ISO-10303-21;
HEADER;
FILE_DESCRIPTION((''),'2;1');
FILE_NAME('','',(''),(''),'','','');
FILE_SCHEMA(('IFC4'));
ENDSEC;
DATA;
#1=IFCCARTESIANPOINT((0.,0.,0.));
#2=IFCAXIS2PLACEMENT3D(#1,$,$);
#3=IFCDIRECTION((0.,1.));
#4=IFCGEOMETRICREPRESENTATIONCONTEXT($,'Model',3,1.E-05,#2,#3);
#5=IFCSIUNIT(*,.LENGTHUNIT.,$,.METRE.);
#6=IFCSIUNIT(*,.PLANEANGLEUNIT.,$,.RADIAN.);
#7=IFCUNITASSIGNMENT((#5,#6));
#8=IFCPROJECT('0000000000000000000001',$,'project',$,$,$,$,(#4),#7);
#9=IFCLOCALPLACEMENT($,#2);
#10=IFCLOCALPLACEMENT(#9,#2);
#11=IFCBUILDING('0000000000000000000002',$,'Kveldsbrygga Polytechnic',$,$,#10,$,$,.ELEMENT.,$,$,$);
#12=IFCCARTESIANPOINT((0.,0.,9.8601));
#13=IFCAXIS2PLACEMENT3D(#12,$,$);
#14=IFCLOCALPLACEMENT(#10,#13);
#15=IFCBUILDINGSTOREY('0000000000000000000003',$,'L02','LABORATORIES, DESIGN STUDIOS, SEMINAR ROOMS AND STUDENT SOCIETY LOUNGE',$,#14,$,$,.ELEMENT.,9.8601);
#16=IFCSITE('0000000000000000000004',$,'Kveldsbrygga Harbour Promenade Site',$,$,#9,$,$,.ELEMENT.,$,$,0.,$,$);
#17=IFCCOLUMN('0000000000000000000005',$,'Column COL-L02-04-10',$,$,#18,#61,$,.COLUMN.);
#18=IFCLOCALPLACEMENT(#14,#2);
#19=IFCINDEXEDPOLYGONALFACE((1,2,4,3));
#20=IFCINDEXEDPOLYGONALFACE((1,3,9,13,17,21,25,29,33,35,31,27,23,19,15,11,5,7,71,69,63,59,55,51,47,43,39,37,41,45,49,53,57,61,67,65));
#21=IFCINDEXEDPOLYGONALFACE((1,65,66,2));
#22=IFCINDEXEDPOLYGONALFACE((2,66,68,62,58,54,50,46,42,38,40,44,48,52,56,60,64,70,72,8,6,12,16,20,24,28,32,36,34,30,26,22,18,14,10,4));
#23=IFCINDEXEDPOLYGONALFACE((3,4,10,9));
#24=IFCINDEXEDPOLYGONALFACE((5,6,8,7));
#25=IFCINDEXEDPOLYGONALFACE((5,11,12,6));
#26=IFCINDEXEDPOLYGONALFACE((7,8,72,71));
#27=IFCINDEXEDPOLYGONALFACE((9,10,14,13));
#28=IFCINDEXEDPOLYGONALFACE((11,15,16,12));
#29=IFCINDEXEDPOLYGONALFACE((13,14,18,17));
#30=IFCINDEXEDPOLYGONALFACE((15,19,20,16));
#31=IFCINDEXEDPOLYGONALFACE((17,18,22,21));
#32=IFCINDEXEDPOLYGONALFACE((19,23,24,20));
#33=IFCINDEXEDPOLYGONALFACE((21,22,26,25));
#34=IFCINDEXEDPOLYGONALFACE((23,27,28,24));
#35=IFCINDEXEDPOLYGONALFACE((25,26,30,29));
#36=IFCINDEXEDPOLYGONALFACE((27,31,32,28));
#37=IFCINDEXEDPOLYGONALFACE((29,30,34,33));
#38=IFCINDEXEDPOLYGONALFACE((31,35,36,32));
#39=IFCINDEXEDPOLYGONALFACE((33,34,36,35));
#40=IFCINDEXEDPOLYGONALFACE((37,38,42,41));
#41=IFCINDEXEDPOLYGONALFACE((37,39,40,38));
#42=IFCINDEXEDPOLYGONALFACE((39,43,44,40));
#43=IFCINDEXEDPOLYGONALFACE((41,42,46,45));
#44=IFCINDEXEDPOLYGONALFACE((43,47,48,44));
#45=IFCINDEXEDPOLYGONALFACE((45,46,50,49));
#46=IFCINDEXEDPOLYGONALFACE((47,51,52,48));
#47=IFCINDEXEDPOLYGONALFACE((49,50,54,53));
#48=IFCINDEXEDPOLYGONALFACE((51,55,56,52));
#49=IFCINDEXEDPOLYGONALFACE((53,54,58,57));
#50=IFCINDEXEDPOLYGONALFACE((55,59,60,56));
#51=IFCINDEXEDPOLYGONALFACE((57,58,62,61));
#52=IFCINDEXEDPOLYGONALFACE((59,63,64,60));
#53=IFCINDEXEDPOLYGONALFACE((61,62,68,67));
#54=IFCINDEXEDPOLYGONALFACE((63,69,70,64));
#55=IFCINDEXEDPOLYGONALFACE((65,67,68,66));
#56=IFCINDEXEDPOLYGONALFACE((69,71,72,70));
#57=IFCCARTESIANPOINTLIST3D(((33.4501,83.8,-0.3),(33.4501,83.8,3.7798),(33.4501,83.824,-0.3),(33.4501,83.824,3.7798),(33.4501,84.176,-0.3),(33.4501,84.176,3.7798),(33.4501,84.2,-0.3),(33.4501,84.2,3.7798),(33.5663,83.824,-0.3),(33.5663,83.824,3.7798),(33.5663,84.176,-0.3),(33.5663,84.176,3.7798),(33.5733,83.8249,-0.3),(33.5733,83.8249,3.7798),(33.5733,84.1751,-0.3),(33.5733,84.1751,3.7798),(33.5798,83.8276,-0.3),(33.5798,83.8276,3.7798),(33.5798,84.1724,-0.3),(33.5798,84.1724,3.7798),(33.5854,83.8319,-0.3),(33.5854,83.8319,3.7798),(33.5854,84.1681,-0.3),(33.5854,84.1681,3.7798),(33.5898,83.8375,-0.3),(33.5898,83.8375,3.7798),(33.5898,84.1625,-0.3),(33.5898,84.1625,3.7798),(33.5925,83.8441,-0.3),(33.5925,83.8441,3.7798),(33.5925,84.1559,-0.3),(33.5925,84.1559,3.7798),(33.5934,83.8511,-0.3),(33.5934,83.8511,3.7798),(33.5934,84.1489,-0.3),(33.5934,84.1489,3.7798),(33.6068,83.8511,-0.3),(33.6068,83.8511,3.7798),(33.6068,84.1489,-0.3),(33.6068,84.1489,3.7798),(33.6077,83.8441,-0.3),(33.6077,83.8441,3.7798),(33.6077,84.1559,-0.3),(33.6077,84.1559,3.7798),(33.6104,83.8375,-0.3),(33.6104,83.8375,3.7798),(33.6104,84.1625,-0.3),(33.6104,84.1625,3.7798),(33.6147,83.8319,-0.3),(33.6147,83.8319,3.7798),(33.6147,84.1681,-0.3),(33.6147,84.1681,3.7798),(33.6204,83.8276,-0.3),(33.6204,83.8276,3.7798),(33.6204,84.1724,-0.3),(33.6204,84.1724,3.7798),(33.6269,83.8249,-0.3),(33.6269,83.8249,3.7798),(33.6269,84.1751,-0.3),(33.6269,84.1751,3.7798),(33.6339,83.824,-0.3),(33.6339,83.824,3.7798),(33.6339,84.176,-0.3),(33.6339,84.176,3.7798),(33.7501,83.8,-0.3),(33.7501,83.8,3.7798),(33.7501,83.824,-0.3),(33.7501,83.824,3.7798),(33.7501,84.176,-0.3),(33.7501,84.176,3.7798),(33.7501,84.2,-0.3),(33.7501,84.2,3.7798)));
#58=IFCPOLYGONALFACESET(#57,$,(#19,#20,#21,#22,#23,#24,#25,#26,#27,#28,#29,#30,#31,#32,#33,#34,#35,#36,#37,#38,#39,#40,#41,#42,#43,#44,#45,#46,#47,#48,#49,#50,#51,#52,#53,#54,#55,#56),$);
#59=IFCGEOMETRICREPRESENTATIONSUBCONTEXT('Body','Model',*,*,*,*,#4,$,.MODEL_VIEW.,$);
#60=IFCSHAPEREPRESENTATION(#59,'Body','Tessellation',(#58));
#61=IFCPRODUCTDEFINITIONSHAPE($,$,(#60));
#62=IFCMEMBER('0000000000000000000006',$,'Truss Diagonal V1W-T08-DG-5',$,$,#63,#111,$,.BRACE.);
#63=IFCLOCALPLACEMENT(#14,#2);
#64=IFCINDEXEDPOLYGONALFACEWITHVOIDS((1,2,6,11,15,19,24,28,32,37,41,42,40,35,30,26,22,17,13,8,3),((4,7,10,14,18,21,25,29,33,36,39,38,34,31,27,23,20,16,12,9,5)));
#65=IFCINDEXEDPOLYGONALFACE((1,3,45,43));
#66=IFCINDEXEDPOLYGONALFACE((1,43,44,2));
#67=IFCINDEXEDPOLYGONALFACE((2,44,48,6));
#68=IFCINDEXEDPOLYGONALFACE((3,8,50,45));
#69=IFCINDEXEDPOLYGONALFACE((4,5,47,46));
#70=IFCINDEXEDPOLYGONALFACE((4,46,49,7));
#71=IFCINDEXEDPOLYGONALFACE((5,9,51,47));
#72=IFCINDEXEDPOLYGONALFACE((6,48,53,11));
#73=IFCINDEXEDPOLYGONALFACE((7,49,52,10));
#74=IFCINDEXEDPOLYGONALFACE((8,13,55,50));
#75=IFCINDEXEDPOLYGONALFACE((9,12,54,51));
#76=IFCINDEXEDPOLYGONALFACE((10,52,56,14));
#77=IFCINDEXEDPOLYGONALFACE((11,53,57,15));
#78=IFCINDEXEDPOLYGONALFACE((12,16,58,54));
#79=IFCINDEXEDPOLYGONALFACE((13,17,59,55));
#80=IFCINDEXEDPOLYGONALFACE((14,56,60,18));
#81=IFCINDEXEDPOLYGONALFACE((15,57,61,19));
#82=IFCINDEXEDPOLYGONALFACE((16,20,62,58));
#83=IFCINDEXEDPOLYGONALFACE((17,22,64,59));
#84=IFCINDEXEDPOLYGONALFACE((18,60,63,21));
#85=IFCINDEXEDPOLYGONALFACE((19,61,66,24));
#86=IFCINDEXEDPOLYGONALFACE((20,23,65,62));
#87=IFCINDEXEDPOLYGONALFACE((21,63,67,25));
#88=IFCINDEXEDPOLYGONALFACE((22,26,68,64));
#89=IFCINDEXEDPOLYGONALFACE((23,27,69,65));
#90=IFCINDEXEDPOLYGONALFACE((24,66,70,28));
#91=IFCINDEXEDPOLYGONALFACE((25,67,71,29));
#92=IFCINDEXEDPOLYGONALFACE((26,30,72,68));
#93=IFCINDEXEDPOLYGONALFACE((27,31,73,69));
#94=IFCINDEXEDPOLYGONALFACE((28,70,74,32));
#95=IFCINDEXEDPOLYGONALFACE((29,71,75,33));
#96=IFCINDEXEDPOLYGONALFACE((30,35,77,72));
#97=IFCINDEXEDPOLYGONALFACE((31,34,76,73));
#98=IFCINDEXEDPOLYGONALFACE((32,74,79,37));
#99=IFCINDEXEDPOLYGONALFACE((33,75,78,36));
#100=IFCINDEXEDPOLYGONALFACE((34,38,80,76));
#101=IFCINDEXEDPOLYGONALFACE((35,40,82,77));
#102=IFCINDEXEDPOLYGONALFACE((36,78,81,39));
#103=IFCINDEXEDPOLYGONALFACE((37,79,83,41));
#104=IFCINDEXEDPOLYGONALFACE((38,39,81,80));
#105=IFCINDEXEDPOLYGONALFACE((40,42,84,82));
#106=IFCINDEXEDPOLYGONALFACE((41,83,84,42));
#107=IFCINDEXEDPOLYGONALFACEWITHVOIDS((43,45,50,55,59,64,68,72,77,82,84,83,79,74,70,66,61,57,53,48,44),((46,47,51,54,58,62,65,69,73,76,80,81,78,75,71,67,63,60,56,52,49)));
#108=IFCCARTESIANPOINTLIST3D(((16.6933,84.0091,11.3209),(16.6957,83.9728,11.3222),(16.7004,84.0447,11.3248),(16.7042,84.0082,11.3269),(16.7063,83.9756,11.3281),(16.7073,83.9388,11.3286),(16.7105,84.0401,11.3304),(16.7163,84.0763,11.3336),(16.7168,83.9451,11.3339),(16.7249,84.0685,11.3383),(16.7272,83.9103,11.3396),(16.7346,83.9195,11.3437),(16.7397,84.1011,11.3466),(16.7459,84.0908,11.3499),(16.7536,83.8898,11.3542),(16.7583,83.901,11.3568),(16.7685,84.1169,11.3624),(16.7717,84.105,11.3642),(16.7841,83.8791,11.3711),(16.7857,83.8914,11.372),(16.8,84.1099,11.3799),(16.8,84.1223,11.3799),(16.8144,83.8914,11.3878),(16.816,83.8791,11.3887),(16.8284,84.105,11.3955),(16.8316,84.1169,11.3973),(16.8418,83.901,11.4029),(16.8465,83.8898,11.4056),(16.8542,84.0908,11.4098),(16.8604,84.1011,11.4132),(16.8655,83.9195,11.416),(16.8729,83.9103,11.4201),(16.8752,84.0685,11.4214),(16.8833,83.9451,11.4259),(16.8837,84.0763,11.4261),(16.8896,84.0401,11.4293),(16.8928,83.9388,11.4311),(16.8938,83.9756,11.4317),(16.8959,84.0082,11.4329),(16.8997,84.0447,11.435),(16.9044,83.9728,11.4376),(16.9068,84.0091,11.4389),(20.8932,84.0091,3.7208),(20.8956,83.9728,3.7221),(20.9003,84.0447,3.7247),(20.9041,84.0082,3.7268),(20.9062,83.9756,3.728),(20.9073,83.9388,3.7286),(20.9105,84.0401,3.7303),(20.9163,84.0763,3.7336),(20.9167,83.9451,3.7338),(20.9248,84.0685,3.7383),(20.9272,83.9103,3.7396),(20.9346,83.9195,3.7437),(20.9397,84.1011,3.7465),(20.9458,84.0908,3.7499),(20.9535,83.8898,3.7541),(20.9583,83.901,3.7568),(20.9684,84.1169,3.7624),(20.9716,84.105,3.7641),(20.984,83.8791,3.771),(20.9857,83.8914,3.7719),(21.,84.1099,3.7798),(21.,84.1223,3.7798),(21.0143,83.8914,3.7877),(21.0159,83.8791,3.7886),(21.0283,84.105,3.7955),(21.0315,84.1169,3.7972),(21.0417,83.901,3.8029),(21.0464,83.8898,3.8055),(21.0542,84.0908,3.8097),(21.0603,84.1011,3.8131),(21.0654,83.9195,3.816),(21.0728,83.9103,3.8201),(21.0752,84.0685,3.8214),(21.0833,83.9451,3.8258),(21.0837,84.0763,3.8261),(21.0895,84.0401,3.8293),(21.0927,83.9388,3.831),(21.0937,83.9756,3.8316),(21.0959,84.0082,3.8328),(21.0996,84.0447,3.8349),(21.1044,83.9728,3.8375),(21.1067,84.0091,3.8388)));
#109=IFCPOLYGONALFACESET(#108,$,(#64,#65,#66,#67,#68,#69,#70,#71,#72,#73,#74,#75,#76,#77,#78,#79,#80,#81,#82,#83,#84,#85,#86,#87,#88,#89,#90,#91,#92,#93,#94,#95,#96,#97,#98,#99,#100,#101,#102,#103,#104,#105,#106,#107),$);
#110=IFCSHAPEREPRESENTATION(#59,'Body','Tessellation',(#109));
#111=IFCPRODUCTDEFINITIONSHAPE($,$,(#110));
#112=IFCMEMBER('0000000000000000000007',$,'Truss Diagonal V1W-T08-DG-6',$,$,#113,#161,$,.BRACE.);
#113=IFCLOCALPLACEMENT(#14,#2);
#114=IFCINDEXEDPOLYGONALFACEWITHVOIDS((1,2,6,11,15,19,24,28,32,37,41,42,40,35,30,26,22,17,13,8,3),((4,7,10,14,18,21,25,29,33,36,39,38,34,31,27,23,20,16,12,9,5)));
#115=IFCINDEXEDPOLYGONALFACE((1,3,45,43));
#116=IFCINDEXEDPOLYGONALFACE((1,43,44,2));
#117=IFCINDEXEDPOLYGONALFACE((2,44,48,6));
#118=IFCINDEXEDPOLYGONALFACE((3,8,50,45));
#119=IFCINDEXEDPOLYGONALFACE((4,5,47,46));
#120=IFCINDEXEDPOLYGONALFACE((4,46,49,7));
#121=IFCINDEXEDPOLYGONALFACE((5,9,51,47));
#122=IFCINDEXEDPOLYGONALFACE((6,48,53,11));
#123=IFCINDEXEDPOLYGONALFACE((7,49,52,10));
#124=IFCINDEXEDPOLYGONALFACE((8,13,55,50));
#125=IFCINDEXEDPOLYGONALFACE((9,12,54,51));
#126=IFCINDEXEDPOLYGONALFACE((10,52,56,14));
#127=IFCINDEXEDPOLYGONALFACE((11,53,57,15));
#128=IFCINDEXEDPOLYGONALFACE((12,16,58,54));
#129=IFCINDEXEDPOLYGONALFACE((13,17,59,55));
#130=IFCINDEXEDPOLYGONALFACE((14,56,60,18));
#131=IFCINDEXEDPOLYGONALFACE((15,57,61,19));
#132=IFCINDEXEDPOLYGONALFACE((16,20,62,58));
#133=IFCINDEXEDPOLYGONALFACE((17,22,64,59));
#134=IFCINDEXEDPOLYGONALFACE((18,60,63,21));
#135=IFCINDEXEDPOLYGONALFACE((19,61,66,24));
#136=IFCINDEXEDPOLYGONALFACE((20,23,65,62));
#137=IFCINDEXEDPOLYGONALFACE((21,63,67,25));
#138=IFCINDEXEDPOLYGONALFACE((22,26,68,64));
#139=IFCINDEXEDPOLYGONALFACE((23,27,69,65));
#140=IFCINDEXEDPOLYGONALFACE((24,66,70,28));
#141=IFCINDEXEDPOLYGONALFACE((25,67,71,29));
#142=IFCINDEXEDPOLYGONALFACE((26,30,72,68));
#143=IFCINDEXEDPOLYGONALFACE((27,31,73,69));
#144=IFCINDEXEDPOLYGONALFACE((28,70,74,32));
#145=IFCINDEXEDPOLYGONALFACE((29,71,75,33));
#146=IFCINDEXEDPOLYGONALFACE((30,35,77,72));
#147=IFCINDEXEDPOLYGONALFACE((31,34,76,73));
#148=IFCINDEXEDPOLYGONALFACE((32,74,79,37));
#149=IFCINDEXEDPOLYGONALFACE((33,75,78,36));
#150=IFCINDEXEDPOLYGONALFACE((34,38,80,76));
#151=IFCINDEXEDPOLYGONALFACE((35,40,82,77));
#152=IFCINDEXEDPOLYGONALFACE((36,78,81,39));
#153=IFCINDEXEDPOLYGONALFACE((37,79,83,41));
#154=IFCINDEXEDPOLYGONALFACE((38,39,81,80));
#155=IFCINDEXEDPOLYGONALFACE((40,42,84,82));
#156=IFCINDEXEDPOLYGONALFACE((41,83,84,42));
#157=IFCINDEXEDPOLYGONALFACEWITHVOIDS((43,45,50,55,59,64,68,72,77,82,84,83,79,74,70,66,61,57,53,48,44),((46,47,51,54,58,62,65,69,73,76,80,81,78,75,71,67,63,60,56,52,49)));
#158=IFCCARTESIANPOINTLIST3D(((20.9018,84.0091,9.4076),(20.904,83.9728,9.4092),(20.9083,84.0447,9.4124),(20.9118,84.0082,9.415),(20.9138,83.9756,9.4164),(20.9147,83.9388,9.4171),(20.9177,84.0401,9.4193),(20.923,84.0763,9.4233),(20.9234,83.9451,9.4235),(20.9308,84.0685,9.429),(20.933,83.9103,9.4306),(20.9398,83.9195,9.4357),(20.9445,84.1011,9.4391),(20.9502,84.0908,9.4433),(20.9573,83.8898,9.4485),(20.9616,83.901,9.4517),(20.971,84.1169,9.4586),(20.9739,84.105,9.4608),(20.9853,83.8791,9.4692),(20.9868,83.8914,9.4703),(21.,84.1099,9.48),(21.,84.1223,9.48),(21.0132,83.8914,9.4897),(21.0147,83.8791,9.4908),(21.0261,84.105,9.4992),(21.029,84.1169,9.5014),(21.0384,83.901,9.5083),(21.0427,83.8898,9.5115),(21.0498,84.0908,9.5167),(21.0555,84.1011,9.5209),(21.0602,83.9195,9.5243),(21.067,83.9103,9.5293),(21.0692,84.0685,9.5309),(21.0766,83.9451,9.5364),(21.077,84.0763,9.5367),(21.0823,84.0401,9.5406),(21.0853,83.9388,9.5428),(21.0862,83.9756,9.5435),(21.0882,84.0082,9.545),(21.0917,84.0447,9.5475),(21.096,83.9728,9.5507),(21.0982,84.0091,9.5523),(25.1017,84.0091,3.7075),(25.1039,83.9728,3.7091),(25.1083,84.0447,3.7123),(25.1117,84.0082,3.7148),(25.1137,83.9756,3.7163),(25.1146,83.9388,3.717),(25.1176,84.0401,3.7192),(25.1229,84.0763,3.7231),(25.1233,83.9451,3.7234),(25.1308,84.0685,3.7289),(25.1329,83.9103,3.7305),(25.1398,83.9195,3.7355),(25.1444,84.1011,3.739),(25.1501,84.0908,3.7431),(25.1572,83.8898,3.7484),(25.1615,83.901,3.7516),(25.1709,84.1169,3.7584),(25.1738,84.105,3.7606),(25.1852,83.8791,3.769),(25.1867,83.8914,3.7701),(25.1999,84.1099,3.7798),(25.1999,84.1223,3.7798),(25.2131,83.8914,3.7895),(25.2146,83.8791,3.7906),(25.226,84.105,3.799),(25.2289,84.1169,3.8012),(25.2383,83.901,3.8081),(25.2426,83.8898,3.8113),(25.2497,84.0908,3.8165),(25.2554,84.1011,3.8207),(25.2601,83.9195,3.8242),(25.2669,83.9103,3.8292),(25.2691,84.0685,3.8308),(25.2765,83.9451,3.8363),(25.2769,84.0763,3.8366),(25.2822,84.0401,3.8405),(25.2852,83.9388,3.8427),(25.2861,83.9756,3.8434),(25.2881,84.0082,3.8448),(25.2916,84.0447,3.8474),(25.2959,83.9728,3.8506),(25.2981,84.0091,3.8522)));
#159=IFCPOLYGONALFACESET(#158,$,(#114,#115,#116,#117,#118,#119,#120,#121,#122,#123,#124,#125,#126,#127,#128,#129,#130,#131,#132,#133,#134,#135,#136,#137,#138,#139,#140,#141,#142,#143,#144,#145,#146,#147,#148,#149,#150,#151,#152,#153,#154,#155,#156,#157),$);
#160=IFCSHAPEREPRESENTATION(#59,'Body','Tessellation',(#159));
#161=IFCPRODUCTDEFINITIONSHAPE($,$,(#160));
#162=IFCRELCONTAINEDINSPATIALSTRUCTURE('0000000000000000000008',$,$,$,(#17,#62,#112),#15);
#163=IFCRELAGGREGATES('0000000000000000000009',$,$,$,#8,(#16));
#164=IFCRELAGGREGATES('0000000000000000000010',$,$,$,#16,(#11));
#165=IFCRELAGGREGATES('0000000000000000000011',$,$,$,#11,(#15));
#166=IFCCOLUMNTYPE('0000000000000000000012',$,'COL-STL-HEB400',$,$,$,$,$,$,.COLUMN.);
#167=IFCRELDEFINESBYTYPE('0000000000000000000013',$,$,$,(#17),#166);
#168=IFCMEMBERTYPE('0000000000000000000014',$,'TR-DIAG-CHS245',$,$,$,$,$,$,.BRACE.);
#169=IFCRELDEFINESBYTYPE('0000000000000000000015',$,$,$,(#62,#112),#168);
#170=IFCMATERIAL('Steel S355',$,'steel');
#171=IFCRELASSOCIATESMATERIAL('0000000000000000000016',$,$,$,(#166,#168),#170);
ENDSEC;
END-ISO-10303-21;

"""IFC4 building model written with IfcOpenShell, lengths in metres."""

from ifc_helpers import new_model, si_unit, direction, frame, origin, origin_2d, place, context, subcontext, project, spatial, hollow_circle, i_section, extrude, material, material_profile, profile_set, type_object, element, save


model = new_model("IFC4")

# Units and contexts
model_context = context("Model", 3, precision=1e-05, world=origin(), true_north=direction((0.0, 1.0)))
body_context = subcontext(model_context, "Body", "Model", "MODEL_VIEW")
ifc_project = project(units=[si_unit("LENGTHUNIT", "METRE"), si_unit("PLANEANGLEUNIT", "RADIAN")], contexts=[model_context])

# Site, building, storey
site_placement = place(None, origin())
site = spatial("IfcSite", under=ifc_project, at=site_placement, Name="Kveldsbrygga Harbour Promenade Site", CompositionType="ELEMENT", RefElevation=0.0)
building_placement = place(site_placement, origin())
building = spatial("IfcBuilding", under=site, at=building_placement, Name="Kveldsbrygga Polytechnic", CompositionType="ELEMENT")
storey_placement = place(building_placement, frame((0.0, 0.0, 9.8601)))
storey = spatial("IfcBuildingStorey", under=building, at=storey_placement, Name="L02", Description="LABORATORIES, DESIGN STUDIOS, SEMINAR ROOMS AND STUDENT SOCIETY LOUNGE", CompositionType="ELEMENT", Elevation=9.8601)

# Column
ifc_material_1 = material(Name="Steel S355", Category="steel")
ifc_material_profile_1 = material_profile(ifc_material_1, i_section(OverallWidth=0.3, OverallDepth=0.3999, WebThickness=0.0134, FlangeThickness=0.0239, FilletRadius=0.0271, at=origin_2d()), Name="HEB 400")
ifc_profile_set_1 = profile_set([ifc_material_profile_1], Name="Steel S355")
column_type = type_object("IfcColumnType", Name="COL-STL-HEB400", PredefinedType="COLUMN", material=ifc_profile_set_1)
column_placement = place(storey_placement, frame((33.6001, 84.0, -0.3), z_axis=(0.0, 0.0, 1.0), x_axis=(1.0, 0.0, 0.0)))
element("IfcColumn", 1, at=column_placement, inside=storey, type_object=column_type, Name="Column COL-L02-04-10", PredefinedType="COLUMN", context=body_context, shape_type="SweptSolid", body=[
    extrude(i_section(OverallWidth=0.3, OverallDepth=0.3999, WebThickness=0.0134, FlangeThickness=0.0239, FilletRadius=0.0271, at=origin_2d()), origin(), (0.0, 0.0, 1.0), 4.0798),
])

# Members
ifc_material_profile_2 = material_profile(ifc_material_1, hollow_circle(Radius=0.1223, WallThickness=0.0125, at=origin_2d()), Name="CHS 244.5x12.5")
ifc_profile_set_2 = profile_set([ifc_material_profile_2], Name="Steel S355")
member_type_1 = type_object("IfcMemberType", Name="TR-DIAG-CHS245", PredefinedType="BRACE", material=ifc_profile_set_2)
member_1_placement = place(storey_placement, frame((16.8, 84.0, 11.3799), z_axis=(0.483677, 0.0, -0.875247), x_axis=(0.0, 1.0, 0.0)))
element("IfcMember", 2, at=member_1_placement, inside=storey, type_object=member_type_1, Name="Truss Diagonal V1W-T08-DG-5", PredefinedType="BRACE", context=body_context, shape_type="SweptSolid", body=[
    extrude(hollow_circle(Radius=0.1223, WallThickness=0.0125, at=origin_2d()), origin(), (0.0, 0.0, 1.0), 8.6833),
])
member_2_placement = place(storey_placement, frame((21.0, 84.0, 9.48), z_axis=(0.593181, 0.0, -0.805069), x_axis=(0.0, 1.0, 0.0)))
element("IfcMember", 3, at=member_2_placement, inside=storey, type_object=member_type_1, Name="Truss Diagonal V1W-T08-DG-6", PredefinedType="BRACE", context=body_context, shape_type="SweptSolid", body=[
    extrude(hollow_circle(Radius=0.1223, WallThickness=0.0125, at=origin_2d()), origin(), (0.0, 0.0, 1.0), 7.0803),
])

save(model, "model.ifc")
